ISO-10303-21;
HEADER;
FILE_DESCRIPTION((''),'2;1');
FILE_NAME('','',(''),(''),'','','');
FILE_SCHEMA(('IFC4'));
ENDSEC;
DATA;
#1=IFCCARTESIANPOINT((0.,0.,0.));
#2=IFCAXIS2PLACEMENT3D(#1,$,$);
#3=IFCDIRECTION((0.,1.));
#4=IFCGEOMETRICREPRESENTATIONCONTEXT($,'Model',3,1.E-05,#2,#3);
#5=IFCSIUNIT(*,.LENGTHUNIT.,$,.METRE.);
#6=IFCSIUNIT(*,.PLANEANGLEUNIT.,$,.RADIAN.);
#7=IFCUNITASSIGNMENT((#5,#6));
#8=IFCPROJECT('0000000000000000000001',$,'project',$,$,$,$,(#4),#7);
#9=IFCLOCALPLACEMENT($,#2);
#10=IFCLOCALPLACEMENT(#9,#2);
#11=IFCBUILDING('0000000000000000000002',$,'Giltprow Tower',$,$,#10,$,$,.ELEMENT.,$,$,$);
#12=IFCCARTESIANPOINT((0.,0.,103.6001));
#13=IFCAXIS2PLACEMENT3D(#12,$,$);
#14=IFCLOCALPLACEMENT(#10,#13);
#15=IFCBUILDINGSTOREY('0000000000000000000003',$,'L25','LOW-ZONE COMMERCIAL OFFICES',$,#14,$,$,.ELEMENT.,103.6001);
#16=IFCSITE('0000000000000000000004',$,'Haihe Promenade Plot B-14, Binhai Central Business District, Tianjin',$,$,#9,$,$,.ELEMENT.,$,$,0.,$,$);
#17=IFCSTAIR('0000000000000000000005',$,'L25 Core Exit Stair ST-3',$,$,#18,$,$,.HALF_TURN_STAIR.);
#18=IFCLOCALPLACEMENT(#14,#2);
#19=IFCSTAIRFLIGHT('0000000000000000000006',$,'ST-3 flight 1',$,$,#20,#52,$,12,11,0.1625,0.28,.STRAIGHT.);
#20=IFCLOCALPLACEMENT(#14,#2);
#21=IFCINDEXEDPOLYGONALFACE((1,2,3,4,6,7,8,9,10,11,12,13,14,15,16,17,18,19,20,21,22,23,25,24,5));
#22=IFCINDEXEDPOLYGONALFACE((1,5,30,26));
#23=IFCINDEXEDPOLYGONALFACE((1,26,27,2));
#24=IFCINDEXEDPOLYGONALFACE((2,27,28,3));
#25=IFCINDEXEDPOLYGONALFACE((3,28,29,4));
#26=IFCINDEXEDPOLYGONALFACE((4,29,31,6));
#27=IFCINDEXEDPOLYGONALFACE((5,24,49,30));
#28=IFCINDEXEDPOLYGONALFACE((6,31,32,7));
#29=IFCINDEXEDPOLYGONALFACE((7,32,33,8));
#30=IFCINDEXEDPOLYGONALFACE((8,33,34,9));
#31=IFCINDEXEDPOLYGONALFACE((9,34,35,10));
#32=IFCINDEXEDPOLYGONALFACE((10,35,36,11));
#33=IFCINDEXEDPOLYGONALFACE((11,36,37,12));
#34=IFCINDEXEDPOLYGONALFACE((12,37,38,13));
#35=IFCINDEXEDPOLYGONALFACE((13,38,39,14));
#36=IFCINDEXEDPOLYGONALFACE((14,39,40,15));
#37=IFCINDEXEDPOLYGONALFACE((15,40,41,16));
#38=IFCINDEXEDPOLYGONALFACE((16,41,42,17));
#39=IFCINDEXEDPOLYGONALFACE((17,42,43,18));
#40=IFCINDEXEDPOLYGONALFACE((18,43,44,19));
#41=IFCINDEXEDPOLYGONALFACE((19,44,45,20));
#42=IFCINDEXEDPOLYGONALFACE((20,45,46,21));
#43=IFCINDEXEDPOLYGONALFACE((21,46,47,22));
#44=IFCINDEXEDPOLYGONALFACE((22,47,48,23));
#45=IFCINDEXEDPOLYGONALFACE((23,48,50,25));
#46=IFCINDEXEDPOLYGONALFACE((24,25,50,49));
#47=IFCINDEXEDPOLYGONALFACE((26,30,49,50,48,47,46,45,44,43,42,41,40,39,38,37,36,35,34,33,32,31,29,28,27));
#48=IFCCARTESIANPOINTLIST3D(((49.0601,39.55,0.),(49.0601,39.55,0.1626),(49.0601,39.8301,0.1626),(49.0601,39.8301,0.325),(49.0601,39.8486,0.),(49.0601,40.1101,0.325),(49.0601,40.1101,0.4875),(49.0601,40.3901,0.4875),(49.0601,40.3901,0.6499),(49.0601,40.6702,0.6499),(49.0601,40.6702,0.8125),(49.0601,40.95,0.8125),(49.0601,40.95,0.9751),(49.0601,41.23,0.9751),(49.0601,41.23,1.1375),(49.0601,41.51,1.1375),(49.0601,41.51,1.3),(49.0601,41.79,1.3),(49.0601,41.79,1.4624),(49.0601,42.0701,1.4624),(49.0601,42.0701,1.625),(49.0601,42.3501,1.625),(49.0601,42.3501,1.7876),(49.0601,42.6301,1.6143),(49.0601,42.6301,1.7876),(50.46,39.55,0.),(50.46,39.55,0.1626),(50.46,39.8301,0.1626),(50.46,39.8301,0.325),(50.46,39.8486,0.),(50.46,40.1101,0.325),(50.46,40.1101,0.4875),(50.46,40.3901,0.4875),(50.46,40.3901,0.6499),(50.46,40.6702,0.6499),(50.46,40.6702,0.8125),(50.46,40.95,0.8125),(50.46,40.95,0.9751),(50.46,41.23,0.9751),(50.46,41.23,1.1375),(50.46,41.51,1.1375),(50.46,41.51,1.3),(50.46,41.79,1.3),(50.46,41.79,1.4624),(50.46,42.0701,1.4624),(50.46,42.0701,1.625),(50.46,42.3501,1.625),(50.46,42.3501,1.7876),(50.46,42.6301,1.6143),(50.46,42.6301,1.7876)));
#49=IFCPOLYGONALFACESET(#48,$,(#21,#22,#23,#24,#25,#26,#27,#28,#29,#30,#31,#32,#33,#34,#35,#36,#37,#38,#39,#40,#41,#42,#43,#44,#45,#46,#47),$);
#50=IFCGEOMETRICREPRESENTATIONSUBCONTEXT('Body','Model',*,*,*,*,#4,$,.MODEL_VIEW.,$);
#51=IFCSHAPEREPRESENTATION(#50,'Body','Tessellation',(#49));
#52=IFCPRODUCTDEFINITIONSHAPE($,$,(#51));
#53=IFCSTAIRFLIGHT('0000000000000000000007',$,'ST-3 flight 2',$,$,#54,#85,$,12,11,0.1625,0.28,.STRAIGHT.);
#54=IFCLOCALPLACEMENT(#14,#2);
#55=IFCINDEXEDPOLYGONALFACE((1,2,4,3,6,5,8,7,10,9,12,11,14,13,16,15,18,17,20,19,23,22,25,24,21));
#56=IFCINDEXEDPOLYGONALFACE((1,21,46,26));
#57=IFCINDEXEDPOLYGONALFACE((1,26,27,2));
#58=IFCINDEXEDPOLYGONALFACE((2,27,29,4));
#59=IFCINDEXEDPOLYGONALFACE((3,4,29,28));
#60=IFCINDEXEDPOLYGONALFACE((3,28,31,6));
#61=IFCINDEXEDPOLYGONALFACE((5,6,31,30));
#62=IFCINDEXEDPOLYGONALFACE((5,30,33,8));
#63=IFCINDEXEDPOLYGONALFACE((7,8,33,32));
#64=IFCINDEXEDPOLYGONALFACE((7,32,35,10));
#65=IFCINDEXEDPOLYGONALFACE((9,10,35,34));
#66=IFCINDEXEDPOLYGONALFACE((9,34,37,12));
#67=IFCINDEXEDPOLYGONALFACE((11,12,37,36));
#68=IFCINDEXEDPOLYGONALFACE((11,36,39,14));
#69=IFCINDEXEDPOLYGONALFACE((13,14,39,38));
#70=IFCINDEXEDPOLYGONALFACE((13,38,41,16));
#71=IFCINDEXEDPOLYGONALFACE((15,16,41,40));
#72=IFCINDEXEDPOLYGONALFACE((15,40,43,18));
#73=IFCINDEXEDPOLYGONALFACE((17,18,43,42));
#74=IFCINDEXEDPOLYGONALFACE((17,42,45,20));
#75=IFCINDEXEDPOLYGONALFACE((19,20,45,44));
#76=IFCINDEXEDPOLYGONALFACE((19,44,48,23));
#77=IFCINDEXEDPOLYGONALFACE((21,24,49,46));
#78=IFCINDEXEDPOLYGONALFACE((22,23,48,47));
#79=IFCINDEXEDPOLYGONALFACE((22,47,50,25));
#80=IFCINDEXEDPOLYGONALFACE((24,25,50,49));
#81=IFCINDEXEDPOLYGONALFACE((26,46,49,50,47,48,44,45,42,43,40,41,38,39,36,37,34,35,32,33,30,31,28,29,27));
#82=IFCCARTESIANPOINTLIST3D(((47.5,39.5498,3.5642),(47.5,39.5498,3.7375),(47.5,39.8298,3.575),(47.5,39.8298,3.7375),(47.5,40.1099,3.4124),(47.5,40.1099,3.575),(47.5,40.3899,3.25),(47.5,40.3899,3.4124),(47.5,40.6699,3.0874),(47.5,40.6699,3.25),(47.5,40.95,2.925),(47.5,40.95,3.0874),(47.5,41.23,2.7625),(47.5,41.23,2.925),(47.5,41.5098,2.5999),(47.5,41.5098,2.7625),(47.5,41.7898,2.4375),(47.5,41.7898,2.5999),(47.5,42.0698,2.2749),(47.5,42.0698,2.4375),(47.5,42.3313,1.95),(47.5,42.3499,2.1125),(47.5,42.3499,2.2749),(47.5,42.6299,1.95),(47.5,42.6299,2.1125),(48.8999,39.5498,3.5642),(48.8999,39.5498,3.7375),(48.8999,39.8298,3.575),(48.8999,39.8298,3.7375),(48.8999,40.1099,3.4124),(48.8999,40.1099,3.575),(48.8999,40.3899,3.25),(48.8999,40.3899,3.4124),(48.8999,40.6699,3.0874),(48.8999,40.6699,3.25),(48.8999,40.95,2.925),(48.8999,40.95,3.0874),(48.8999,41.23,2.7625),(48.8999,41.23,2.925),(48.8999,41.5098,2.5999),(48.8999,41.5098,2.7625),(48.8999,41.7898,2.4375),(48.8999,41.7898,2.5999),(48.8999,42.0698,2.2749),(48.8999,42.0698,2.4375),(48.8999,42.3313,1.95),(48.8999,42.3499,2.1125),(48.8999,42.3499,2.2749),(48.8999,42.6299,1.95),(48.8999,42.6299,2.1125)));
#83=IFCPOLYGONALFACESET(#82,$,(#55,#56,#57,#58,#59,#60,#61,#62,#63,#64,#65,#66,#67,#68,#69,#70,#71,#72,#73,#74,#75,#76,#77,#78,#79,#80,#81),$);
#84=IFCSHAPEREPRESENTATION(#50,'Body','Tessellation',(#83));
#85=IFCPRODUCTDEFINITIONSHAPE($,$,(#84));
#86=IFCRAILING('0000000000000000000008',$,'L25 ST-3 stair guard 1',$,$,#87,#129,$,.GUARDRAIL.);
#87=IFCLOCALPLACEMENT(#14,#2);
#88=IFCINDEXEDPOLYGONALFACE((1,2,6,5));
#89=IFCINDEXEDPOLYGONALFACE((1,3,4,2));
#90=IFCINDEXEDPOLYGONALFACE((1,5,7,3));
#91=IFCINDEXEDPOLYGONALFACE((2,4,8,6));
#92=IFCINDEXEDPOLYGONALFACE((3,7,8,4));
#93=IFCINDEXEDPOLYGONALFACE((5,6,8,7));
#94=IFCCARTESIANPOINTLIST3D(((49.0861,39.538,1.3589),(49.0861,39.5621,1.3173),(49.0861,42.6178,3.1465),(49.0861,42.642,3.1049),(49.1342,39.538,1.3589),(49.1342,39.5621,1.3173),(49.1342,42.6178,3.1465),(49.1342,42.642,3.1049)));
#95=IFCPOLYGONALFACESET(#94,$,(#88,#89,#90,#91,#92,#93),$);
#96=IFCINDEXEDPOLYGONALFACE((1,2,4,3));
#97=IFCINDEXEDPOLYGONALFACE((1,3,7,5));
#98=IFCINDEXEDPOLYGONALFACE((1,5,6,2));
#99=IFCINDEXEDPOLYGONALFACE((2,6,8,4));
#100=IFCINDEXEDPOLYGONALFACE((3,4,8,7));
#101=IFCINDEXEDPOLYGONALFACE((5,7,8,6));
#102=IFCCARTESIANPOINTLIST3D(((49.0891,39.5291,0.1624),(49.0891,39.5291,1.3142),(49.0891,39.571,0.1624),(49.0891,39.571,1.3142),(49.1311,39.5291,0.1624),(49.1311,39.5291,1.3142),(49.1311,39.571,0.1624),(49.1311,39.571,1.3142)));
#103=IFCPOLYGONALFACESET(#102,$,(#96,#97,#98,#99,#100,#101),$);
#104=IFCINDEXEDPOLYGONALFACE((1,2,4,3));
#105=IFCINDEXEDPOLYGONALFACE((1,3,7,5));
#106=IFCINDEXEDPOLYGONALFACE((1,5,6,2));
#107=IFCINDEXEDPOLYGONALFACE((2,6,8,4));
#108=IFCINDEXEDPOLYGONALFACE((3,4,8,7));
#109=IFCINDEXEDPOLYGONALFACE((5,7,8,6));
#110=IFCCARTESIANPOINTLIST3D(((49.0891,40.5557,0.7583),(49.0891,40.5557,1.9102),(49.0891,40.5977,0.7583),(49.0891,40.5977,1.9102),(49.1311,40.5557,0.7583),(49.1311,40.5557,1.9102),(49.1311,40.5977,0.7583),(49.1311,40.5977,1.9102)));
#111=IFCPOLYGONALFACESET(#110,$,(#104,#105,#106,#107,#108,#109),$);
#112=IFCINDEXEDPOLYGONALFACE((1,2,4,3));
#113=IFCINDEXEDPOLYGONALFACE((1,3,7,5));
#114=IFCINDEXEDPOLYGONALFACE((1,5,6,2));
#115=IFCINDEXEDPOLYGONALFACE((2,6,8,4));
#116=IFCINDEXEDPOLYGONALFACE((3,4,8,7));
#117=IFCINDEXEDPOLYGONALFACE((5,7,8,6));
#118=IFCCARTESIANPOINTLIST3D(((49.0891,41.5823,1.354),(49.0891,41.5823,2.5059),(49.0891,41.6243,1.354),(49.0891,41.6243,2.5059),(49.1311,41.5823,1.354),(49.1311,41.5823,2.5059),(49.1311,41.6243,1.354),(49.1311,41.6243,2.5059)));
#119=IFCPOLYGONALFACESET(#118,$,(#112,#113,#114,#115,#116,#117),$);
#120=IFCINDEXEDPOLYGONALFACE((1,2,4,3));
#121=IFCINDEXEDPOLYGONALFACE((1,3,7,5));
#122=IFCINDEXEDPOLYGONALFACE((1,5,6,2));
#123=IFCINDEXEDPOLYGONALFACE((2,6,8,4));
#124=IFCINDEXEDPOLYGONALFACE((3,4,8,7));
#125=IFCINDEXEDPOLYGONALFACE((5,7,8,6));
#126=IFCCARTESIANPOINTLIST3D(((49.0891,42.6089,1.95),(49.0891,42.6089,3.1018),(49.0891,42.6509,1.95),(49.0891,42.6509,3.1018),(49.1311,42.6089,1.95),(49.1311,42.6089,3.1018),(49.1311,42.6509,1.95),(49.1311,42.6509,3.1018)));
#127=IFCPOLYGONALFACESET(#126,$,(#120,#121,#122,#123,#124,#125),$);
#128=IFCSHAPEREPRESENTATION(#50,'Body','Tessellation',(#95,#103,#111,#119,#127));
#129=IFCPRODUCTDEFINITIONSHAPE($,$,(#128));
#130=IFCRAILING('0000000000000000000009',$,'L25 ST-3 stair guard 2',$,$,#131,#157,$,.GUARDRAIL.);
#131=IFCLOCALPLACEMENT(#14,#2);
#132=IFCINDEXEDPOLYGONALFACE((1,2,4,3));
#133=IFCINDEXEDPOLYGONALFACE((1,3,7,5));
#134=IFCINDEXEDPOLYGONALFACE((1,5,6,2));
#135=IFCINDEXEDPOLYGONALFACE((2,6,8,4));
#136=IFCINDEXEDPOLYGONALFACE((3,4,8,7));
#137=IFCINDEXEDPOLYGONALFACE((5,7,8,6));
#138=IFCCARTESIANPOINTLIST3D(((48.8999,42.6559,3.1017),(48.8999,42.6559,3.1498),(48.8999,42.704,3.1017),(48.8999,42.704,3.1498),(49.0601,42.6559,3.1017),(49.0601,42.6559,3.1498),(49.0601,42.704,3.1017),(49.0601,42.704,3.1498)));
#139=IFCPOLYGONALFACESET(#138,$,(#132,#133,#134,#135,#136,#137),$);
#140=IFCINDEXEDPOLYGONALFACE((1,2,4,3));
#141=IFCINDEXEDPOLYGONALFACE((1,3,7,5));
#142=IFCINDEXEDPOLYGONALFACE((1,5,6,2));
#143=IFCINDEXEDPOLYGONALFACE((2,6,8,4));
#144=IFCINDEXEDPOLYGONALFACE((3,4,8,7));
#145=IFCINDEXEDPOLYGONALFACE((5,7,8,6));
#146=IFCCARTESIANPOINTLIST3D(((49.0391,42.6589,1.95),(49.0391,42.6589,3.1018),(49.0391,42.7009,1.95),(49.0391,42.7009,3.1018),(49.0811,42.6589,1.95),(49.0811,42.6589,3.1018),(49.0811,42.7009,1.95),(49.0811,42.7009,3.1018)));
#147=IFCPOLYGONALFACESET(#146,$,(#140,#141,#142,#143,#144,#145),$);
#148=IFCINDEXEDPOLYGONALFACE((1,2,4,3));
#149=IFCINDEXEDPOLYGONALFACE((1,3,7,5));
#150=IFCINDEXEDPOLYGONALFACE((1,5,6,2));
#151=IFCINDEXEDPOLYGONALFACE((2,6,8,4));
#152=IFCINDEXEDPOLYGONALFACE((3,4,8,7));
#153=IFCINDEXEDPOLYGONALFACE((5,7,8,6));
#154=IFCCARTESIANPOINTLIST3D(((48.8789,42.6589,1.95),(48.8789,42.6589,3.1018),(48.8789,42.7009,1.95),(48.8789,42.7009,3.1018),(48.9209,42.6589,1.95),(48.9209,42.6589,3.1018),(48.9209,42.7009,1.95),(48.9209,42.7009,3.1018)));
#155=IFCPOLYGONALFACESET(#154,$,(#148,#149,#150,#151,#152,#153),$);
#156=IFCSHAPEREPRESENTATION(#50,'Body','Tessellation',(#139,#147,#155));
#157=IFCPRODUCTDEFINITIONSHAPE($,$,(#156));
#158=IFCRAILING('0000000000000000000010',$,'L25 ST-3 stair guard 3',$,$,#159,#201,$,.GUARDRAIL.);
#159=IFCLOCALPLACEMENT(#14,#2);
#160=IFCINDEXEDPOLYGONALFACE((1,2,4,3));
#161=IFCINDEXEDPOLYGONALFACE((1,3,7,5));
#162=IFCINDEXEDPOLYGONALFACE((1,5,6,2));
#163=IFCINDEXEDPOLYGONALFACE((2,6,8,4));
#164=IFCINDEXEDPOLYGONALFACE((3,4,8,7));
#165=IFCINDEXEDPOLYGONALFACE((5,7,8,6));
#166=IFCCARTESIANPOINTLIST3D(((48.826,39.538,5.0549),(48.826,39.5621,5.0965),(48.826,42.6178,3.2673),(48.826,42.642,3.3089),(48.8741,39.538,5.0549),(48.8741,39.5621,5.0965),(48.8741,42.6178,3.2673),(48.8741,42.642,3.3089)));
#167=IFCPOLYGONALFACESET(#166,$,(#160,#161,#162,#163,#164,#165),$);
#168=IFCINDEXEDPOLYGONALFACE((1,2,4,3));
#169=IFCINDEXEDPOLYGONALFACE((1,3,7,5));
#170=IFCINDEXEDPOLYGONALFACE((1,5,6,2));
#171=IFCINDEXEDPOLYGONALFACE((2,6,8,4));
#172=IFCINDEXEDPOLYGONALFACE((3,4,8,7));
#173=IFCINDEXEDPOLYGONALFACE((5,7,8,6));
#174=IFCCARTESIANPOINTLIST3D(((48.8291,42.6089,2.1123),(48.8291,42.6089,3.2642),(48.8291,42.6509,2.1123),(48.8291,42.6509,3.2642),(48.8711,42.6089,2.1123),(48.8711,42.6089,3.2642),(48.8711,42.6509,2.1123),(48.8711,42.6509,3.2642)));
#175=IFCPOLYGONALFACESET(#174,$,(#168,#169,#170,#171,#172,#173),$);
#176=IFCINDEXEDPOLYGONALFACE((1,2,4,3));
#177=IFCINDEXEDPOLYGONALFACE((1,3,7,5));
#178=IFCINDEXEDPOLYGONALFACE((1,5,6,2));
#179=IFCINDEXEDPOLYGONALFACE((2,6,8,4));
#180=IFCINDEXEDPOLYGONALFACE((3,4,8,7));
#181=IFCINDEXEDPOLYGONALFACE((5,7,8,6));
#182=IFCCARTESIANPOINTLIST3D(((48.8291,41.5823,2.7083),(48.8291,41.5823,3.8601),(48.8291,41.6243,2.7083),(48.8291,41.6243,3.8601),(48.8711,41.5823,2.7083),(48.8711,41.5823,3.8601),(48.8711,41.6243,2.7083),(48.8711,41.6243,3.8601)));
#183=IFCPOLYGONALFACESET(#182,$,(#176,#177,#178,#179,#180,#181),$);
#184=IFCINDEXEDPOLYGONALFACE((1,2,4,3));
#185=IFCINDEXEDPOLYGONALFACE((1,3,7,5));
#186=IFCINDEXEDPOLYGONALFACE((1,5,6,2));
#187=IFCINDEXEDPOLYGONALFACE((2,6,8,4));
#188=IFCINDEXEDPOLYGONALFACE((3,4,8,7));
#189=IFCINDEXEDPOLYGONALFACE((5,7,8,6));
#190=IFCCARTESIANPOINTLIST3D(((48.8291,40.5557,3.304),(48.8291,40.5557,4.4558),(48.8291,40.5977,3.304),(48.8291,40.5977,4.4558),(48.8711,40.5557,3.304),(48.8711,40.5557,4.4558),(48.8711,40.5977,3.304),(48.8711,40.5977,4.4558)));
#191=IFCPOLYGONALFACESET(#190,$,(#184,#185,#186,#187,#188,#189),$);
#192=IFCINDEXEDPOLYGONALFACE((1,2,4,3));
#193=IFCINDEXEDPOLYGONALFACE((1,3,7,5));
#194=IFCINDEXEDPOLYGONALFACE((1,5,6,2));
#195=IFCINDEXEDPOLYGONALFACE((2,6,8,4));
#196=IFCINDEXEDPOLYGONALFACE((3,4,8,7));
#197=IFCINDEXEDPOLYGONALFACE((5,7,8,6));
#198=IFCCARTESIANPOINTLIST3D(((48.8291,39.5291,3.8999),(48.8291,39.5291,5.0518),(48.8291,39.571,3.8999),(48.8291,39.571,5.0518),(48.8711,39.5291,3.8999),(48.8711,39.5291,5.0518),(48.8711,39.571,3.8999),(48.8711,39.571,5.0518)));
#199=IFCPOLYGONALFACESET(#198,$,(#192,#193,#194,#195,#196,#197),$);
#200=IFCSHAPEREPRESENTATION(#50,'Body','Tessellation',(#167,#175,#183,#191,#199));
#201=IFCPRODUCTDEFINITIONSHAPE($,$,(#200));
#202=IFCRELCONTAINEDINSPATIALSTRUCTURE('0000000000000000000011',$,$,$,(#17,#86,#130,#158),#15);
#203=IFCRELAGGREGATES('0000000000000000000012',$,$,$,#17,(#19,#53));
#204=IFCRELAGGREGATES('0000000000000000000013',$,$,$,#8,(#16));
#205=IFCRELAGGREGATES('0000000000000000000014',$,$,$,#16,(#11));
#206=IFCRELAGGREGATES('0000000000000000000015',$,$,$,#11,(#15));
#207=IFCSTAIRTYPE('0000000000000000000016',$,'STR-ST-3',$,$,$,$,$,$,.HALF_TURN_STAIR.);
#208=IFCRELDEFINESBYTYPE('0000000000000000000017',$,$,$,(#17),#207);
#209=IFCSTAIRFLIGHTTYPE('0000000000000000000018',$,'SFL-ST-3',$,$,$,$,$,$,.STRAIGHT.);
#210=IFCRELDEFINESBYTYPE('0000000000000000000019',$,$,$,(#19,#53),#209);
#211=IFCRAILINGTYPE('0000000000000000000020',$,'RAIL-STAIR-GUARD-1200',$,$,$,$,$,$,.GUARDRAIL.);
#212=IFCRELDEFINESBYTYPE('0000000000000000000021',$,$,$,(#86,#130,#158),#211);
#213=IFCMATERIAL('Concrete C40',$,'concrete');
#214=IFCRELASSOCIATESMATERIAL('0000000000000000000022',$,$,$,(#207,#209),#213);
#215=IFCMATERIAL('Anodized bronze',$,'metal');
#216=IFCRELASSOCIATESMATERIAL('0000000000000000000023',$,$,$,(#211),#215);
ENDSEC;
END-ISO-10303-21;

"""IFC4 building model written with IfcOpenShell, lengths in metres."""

from ifc_helpers import new_model, si_unit, direction, frame, origin, origin_2d, place, context, subcontext, project, spatial, polyline, rectangle, outline, extrude, material, type_object, element, aggregate, save


model = new_model("IFC4")

# Units and contexts
model_context = context("Model", 3, precision=1e-05, world=origin(), true_north=direction((0.0, 1.0)))
body_context = subcontext(model_context, "Body", "Model", "MODEL_VIEW")
ifc_project = project(units=[si_unit("LENGTHUNIT", "METRE"), si_unit("PLANEANGLEUNIT", "RADIAN")], contexts=[model_context])

# Site, building, storey
site_placement = place(None, origin())
site = spatial("IfcSite", under=ifc_project, at=site_placement, Name="Haihe Promenade Plot B-14, Binhai Central Business District, Tianjin", CompositionType="ELEMENT", RefElevation=0.0)
building_placement = place(site_placement, origin())
building = spatial("IfcBuilding", under=site, at=building_placement, Name="Giltprow Tower", CompositionType="ELEMENT")
storey_placement = place(building_placement, frame((0.0, 0.0, 103.6001)))
storey = spatial("IfcBuildingStorey", under=building, at=storey_placement, Name="L25", Description="LOW-ZONE COMMERCIAL OFFICES", CompositionType="ELEMENT", Elevation=103.6001)

# Shared definitions
ifc_material_1 = material(Name="Concrete C40", Category="concrete")

# Stair, stair flights
stair_type = type_object("IfcStairType", Name="STR-ST-3", PredefinedType="HALF_TURN_STAIR", material=ifc_material_1)
stair_placement = place(storey_placement, origin())
stair = element("IfcStair", 1, at=stair_placement, inside=storey, type_object=stair_type, Name="L25 Core Exit Stair ST-3", PredefinedType="HALF_TURN_STAIR")
stair_flight_type = type_object("IfcStairFlightType", Name="SFL-ST-3", PredefinedType="STRAIGHT", material=ifc_material_1)
stair_flight_1_placement = place(storey_placement, frame((49.76, 39.55, 0.0), z_axis=(0.0, 0.0, 1.0), x_axis=(0.0, 1.0, 0.0)))
stair_flight_1 = element("IfcStairFlight", 2, at=stair_flight_1_placement, type_object=stair_flight_type, Name="ST-3 flight 1", NumberOfRisers=12, NumberOfTreads=11, PredefinedType="STRAIGHT", RiserHeight=0.1625, TreadLength=0.28, context=body_context, shape_type="SweptSolid", body=[
    extrude(outline(polyline([(0.0, 0.0), (0.0, 0.1626), (0.28, 0.1626), (0.28, 0.325), (0.5601, 0.325), (0.5601, 0.4875), (0.8401, 0.4875), (0.8401, 0.6499), (1.1201, 0.6499), (1.1201, 0.8125), (1.3999, 0.8125), (1.3999, 0.9751), (1.6799, 0.9751), (1.6799, 1.1375), (1.96, 1.1375), (1.96, 1.3), (2.24, 1.3), (2.24, 1.4624), (2.52, 1.4624), (2.52, 1.625), (2.8, 1.625), (2.8, 1.7876), (3.0801, 1.7876), (3.0801, 1.95), (3.0801, 1.6143), (0.2986, 0.0), (0.0, 0.0)])), frame((0.0, 0.7, 0.0), z_axis=(0.0, -1.0, 0.0), x_axis=(1.0, 0.0, 0.0)), (0.0, 0.0, 1.0), 1.3999),
])
stair_flight_2_placement = place(storey_placement, frame((48.2, 42.6299, 1.95), z_axis=(0.0, 0.0, 1.0), x_axis=(0.0, -1.0, 0.0)))
stair_flight_2 = element("IfcStairFlight", 3, at=stair_flight_2_placement, type_object=stair_flight_type, Name="ST-3 flight 2", NumberOfRisers=12, NumberOfTreads=11, PredefinedType="STRAIGHT", RiserHeight=0.1625, TreadLength=0.28, context=body_context, shape_type="SweptSolid", body=[
    extrude(outline(polyline([(0.0, 0.0), (0.0, 0.1626), (0.28, 0.1626), (0.28, 0.325), (0.5601, 0.325), (0.5601, 0.4875), (0.8401, 0.4875), (0.8401, 0.6499), (1.1201, 0.6499), (1.1201, 0.8125), (1.3999, 0.8125), (1.3999, 0.9751), (1.6799, 0.9751), (1.6799, 1.1375), (1.96, 1.1375), (1.96, 1.3), (2.24, 1.3), (2.24, 1.4624), (2.52, 1.4624), (2.52, 1.625), (2.8, 1.625), (2.8, 1.7876), (3.0801, 1.7876), (3.0801, 1.95), (3.0801, 1.6143), (0.2986, 0.0), (0.0, 0.0)])), frame((0.0, 0.7, 0.0), z_axis=(0.0, -1.0, 0.0), x_axis=(1.0, 0.0, 0.0)), (0.0, 0.0, 1.0), 1.3999),
])
aggregate(stair, [stair_flight_1, stair_flight_2])

# Railings
ifc_material_2 = material(Name="Anodized bronze", Category="metal")
railing_type_1 = type_object("IfcRailingType", Name="RAIL-STAIR-GUARD-1200", PredefinedType="GUARDRAIL", material=ifc_material_2)
railing_1_placement = place(storey_placement, frame((49.1101, 39.55, 0.1624)))
element("IfcRailing", 4, at=railing_1_placement, inside=storey, type_object=railing_type_1, Name="L25 ST-3 stair guard 1", PredefinedType="GUARDRAIL", context=body_context, shape_type="SweptSolid", body=[
    extrude(rectangle(XDim=0.0481, YDim=0.0481, at=origin_2d()), frame((0.0, 0.0, 1.1758), z_axis=(0.0, 0.864873, 0.50199), x_axis=(-1.0, 0.0, 0.0)), (0.0, 0.0, 1.0), 3.561),
    extrude(rectangle(XDim=0.042, YDim=0.042, at=origin_2d()), origin(), (0.0, 0.0, 1.0), 1.1519),
    extrude(rectangle(XDim=0.042, YDim=0.042, at=origin_2d()), frame((0.0, 1.0266, 0.5959)), (0.0, 0.0, 1.0), 1.1519),
    extrude(rectangle(XDim=0.042, YDim=0.042, at=origin_2d()), frame((0.0, 2.0532, 1.1917)), (0.0, 0.0, 1.0), 1.1519),
    extrude(rectangle(XDim=0.042, YDim=0.042, at=origin_2d()), frame((0.0, 3.0798, 1.7876)), (0.0, 0.0, 1.0), 1.1519),
])
railing_2_placement = place(storey_placement, frame((49.0601, 42.6799, 1.95)))
element("IfcRailing", 5, at=railing_2_placement, inside=storey, type_object=railing_type_1, Name="L25 ST-3 stair guard 2", PredefinedType="GUARDRAIL", context=body_context, shape_type="SweptSolid", body=[
    extrude(rectangle(XDim=0.0481, YDim=0.0481, at=origin_2d()), frame((0.0, 0.0, 1.1758), z_axis=(-1.0, 0.0, 0.0), x_axis=(0.0, -1.0, 0.0)), (0.0, 0.0, 1.0), 0.1602),
    extrude(rectangle(XDim=0.042, YDim=0.042, at=origin_2d()), origin(), (0.0, 0.0, 1.0), 1.1519),
    extrude(rectangle(XDim=0.042, YDim=0.042, at=origin_2d()), frame((-0.1602, 0.0, 0.0)), (0.0, 0.0, 1.0), 1.1519),
])
railing_3_placement = place(storey_placement, frame((48.8501, 42.6299, 2.1123)))
element("IfcRailing", 6, at=railing_3_placement, inside=storey, type_object=railing_type_1, Name="L25 ST-3 stair guard 3", PredefinedType="GUARDRAIL", context=body_context, shape_type="SweptSolid", body=[
    extrude(rectangle(XDim=0.0481, YDim=0.0481, at=origin_2d()), frame((0.0, 0.0, 1.1758), z_axis=(0.0, -0.864873, 0.50199), x_axis=(1.0, 0.0, 0.0)), (0.0, 0.0, 1.0), 3.561),
    extrude(rectangle(XDim=0.042, YDim=0.042, at=origin_2d()), origin(), (0.0, 0.0, 1.0), 1.1519),
    extrude(rectangle(XDim=0.042, YDim=0.042, at=origin_2d()), frame((0.0, -1.0266, 0.5959)), (0.0, 0.0, 1.0), 1.1519),
    extrude(rectangle(XDim=0.042, YDim=0.042, at=origin_2d()), frame((0.0, -2.0532, 1.1917)), (0.0, 0.0, 1.0), 1.1519),
    extrude(rectangle(XDim=0.042, YDim=0.042, at=origin_2d()), frame((0.0, -3.0798, 1.7876)), (0.0, 0.0, 1.0), 1.1519),
])

save(model, "model.ifc")
